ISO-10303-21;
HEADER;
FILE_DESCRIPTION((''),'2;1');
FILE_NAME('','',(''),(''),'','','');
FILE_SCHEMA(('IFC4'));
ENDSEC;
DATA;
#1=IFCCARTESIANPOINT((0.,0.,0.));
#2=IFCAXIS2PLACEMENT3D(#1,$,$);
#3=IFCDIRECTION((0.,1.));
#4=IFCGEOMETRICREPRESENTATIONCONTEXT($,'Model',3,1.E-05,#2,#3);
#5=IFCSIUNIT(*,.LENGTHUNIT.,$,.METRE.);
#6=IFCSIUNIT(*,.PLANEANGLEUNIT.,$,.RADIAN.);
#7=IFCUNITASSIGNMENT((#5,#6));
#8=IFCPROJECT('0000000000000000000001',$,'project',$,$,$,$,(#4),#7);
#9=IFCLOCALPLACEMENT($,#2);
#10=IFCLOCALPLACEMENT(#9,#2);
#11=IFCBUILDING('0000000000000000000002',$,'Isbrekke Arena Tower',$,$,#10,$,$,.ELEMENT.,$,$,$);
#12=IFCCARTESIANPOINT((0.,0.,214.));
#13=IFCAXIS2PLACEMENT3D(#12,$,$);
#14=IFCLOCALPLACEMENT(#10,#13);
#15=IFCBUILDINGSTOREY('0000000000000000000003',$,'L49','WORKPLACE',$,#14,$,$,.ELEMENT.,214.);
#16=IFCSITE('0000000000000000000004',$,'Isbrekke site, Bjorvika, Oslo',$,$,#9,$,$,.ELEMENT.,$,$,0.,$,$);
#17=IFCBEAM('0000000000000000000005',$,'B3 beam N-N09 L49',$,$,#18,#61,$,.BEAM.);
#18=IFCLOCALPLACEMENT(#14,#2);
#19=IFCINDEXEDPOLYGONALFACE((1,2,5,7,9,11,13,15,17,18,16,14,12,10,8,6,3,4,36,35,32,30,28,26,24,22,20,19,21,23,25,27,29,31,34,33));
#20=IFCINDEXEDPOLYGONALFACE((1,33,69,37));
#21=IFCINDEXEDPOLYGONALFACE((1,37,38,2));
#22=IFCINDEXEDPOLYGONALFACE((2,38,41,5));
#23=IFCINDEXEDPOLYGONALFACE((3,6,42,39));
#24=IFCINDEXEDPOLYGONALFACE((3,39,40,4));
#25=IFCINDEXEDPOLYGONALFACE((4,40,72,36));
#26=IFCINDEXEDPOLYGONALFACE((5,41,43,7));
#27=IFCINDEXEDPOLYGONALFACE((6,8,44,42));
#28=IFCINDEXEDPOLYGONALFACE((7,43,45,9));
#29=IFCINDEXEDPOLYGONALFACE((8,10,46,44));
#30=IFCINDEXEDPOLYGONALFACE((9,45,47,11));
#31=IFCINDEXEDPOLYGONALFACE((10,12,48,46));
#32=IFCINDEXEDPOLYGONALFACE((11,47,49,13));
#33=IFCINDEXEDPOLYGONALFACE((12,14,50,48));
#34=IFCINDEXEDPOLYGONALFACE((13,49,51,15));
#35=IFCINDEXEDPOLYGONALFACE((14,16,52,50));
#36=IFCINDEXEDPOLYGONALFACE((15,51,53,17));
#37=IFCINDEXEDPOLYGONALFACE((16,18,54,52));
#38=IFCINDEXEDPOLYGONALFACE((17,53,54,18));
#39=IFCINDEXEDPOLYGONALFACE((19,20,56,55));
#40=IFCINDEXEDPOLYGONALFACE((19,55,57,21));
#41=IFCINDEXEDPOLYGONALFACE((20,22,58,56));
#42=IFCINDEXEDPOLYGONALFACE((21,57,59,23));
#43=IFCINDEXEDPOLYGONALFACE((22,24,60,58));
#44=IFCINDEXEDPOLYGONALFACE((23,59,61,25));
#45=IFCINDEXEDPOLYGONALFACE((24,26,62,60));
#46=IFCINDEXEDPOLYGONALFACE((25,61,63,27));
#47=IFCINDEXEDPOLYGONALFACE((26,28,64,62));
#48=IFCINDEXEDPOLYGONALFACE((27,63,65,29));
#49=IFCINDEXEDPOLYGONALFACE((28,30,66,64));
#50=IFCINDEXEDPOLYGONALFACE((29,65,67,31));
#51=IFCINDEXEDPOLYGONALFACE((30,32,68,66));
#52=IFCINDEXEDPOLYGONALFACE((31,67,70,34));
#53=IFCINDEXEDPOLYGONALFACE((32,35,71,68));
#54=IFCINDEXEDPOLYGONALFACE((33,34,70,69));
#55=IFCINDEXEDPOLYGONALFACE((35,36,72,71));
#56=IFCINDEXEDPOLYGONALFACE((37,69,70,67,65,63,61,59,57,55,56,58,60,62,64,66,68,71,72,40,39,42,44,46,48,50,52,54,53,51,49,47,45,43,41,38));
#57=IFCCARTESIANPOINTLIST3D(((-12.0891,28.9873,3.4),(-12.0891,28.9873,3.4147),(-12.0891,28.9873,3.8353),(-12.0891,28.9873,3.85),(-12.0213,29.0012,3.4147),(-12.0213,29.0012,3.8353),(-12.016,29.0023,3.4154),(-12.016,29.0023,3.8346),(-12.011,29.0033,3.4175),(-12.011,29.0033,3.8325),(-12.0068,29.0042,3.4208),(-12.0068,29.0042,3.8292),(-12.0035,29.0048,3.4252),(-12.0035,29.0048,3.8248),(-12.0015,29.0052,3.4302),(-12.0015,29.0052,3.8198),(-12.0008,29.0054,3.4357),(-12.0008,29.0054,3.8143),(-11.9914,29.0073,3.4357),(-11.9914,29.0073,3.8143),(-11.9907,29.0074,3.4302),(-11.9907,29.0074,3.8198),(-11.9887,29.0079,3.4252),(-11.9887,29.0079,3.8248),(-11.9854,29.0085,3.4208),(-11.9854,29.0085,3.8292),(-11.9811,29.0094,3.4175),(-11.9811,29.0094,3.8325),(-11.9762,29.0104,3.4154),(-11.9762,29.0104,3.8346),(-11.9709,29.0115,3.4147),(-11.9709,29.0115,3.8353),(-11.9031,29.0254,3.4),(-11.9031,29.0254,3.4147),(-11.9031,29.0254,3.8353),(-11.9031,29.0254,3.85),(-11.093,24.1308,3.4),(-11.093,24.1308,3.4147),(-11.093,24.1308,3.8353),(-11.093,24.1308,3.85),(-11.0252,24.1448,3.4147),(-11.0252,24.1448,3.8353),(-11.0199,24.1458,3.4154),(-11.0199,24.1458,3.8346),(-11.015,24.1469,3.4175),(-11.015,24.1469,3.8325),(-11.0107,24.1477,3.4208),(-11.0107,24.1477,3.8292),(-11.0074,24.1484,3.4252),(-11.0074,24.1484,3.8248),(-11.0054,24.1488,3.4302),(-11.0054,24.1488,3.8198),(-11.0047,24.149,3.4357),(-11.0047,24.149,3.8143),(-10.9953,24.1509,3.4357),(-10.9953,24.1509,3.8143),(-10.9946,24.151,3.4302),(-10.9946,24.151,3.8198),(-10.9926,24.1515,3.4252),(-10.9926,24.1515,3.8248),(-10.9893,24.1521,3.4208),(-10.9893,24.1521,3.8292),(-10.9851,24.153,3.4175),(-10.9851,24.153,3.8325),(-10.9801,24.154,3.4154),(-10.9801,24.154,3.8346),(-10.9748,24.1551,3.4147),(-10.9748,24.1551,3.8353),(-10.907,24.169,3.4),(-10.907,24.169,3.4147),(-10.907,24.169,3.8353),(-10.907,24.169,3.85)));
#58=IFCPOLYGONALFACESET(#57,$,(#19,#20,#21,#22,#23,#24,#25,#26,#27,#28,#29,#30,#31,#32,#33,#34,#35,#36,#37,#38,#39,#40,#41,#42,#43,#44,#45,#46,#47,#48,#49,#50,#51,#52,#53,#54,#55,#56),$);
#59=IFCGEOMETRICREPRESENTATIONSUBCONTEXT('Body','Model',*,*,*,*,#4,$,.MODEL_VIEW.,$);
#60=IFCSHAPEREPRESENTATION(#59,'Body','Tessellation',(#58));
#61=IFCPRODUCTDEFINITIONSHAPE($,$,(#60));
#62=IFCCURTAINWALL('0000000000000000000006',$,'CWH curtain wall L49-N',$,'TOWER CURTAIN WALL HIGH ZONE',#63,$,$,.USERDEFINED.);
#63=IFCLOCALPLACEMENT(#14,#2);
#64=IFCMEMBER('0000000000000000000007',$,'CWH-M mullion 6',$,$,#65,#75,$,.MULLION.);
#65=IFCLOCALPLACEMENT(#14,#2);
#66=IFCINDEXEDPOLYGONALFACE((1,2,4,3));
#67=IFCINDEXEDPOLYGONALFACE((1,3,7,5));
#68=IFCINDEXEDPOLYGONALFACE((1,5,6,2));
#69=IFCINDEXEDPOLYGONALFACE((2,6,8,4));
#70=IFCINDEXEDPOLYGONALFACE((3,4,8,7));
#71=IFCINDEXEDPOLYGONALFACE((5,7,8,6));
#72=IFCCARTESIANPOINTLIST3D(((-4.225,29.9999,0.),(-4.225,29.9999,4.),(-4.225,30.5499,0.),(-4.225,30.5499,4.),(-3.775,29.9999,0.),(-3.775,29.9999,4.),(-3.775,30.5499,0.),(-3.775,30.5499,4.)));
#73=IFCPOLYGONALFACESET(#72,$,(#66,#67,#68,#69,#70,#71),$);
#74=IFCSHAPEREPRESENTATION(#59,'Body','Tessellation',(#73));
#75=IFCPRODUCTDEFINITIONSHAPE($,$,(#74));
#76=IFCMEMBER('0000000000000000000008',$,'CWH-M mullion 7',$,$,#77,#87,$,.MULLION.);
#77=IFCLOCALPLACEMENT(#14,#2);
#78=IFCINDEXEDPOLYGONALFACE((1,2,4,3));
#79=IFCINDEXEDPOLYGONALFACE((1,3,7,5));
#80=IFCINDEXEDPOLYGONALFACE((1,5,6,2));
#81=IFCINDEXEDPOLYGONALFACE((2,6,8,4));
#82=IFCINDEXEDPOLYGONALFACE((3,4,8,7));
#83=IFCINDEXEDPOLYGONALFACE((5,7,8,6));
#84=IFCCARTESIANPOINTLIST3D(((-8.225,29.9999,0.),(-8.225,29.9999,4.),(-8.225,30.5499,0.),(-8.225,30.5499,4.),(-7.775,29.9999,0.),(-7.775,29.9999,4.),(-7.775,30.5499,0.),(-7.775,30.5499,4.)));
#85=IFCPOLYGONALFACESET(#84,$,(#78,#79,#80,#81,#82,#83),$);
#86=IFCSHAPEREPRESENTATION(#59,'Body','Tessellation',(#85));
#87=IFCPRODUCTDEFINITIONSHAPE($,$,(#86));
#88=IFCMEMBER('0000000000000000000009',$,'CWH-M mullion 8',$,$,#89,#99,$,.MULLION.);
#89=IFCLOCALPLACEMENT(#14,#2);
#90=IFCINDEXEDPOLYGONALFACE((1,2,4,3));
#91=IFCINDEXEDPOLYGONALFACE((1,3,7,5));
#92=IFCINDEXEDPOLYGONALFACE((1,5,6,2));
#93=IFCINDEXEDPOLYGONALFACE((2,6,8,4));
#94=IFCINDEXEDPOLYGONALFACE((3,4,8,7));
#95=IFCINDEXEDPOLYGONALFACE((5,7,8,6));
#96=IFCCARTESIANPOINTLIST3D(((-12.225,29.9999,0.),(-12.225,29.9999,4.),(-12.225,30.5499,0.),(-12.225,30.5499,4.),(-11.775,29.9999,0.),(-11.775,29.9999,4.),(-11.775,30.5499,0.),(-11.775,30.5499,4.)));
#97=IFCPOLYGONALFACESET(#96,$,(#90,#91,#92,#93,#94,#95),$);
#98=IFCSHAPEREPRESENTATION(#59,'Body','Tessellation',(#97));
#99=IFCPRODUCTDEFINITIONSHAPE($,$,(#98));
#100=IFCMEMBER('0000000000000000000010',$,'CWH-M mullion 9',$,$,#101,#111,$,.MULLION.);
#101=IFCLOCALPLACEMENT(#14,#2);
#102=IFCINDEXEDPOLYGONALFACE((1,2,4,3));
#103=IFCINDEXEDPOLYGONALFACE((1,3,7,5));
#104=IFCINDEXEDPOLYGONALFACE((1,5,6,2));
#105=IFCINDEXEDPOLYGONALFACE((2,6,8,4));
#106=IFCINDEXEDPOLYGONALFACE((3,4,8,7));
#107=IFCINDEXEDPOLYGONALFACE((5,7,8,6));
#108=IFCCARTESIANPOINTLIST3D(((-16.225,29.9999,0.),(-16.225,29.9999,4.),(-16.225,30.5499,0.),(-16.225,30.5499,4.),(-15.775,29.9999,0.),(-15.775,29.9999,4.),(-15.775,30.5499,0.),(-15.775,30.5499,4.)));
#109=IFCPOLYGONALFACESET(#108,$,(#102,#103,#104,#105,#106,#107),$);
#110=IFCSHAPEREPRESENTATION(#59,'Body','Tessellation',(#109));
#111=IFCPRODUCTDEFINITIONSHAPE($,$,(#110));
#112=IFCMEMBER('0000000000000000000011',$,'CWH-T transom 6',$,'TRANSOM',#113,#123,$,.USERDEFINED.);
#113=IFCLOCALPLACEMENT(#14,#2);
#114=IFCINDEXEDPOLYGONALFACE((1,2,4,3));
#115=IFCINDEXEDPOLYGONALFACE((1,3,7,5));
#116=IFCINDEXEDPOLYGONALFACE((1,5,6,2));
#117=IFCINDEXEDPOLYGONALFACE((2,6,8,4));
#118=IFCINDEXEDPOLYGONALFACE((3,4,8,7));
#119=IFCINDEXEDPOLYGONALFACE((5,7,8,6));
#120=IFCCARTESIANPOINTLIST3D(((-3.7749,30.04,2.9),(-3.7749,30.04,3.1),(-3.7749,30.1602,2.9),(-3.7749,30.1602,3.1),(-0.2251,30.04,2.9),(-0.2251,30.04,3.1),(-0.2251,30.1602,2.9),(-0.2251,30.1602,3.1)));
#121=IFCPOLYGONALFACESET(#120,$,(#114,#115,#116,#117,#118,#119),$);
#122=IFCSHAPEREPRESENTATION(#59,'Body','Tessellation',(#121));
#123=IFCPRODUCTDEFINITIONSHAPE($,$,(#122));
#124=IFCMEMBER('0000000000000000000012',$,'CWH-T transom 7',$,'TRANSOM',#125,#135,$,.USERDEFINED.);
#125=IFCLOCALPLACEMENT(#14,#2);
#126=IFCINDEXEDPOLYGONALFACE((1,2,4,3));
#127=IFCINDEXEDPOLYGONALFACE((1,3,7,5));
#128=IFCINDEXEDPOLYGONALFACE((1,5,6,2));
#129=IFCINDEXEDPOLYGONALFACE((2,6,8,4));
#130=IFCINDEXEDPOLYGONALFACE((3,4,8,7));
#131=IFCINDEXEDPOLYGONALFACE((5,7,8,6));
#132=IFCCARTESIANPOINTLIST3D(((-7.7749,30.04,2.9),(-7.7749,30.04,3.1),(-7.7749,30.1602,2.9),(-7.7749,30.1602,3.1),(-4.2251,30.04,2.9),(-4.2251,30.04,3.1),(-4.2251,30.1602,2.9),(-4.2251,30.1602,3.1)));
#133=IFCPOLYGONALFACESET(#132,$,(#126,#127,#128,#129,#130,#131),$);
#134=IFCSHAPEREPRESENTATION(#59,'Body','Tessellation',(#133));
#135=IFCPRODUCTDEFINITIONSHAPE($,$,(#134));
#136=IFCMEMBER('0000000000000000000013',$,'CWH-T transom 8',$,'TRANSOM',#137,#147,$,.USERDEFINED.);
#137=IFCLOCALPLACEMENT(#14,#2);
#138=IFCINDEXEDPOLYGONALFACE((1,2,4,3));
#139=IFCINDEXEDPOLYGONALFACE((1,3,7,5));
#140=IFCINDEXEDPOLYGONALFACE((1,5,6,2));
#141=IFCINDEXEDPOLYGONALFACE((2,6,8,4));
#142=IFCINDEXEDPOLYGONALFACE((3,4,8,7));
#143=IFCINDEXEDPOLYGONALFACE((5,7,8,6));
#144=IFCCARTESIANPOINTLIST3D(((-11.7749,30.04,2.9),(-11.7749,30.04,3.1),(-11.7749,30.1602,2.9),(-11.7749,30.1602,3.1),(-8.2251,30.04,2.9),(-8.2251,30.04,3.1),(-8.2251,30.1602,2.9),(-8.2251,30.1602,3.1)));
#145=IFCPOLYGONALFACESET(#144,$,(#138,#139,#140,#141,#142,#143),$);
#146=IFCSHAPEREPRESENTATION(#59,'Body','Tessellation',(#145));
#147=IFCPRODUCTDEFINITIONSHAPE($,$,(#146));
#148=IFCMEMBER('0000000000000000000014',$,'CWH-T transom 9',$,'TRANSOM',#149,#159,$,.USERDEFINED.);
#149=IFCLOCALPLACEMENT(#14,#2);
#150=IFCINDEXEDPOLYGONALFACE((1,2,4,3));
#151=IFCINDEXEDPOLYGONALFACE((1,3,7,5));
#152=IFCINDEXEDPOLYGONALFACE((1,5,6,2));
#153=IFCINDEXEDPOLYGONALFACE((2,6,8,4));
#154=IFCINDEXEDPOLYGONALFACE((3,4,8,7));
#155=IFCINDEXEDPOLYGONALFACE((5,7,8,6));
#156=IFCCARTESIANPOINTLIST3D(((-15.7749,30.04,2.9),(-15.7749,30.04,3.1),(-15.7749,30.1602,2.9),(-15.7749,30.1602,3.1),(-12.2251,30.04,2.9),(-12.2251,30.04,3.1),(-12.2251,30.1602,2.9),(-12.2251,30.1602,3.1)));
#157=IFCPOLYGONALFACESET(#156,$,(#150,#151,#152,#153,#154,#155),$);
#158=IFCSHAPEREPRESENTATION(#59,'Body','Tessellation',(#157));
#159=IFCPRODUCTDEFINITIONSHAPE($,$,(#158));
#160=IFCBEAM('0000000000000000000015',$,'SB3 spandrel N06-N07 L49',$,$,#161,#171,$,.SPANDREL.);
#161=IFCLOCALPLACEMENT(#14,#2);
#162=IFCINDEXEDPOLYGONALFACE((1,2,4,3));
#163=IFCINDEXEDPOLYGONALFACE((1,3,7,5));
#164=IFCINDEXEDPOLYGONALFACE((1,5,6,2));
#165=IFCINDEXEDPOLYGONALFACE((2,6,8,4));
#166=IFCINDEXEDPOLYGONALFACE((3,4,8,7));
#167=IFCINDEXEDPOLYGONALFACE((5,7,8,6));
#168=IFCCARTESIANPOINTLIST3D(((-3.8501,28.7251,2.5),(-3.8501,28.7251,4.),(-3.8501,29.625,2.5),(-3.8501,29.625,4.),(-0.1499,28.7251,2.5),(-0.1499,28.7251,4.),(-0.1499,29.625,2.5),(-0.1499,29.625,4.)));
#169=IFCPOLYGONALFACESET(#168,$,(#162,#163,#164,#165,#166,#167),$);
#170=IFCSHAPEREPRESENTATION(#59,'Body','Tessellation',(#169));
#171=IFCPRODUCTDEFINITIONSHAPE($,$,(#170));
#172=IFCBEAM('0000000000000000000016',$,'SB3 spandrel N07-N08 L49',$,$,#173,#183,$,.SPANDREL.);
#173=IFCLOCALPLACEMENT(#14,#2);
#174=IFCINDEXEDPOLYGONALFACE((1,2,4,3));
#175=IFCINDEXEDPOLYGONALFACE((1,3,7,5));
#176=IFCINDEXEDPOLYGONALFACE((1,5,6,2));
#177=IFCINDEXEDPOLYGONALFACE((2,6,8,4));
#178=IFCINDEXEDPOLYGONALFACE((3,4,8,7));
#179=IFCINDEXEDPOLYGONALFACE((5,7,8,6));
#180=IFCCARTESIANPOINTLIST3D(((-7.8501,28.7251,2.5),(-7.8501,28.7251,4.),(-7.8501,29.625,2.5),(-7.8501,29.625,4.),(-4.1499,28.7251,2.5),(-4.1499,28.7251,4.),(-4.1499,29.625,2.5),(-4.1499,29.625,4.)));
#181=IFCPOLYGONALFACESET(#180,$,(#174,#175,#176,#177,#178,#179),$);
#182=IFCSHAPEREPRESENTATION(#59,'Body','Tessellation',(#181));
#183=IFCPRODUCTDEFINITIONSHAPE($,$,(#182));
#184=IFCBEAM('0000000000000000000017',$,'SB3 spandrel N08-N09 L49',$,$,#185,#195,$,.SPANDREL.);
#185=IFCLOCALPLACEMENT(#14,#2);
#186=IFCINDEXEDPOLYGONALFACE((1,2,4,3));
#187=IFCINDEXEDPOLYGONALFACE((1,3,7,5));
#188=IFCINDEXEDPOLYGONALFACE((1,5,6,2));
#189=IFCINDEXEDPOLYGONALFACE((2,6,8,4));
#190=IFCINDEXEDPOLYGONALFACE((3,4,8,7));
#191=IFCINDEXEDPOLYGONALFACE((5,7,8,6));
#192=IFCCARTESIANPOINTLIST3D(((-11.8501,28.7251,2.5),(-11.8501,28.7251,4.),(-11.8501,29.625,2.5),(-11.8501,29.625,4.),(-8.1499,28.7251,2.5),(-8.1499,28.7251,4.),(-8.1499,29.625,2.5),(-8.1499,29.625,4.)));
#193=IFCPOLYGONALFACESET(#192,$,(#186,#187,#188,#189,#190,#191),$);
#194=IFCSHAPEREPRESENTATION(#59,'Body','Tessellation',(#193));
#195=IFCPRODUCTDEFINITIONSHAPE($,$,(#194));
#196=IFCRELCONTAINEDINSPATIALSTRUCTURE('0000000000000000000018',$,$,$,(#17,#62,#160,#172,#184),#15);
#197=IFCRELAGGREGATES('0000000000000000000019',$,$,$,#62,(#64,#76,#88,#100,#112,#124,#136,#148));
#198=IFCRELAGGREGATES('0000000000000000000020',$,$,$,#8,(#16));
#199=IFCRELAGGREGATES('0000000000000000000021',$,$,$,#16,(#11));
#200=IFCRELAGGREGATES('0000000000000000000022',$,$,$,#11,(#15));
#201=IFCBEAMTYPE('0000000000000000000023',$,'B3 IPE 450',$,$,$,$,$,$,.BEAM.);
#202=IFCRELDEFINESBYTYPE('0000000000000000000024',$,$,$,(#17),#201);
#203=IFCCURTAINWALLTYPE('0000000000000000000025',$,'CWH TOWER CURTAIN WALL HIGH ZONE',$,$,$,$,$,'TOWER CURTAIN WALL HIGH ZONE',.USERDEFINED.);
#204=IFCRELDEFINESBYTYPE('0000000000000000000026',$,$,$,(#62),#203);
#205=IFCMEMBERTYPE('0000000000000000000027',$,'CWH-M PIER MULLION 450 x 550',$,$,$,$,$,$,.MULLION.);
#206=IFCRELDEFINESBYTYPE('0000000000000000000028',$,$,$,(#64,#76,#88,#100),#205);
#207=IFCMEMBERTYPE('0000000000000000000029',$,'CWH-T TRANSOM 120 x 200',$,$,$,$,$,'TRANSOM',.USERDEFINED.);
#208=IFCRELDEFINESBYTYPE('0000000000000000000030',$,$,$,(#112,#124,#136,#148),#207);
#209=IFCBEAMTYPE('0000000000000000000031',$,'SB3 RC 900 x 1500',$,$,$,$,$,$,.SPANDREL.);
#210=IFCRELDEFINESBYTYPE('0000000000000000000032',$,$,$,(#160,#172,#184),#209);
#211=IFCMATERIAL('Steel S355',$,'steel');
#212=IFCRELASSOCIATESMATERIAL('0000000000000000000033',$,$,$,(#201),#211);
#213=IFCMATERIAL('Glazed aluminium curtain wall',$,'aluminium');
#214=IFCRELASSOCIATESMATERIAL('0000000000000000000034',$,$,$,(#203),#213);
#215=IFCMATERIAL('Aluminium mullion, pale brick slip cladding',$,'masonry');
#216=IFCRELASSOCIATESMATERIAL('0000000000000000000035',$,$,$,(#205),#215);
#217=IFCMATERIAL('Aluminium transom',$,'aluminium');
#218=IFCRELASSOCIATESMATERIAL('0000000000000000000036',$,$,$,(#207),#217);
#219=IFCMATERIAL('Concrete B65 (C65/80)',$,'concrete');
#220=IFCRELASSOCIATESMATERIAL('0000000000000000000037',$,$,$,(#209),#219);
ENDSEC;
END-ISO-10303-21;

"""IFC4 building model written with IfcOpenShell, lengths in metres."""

from ifc_helpers import new_model, si_unit, direction, frame, origin, origin_2d, place, context, subcontext, project, spatial, rectangle, i_section, extrude, material, material_profile, profile_set, type_object, element, aggregate, save


model = new_model("IFC4")

# Units and contexts
model_context = context("Model", 3, precision=1e-05, world=origin(), true_north=direction((0.0, 1.0)))
body_context = subcontext(model_context, "Body", "Model", "MODEL_VIEW")
ifc_project = project(units=[si_unit("LENGTHUNIT", "METRE"), si_unit("PLANEANGLEUNIT", "RADIAN")], contexts=[model_context])

# Site, building, storey
site_placement = place(None, origin())
site = spatial("IfcSite", under=ifc_project, at=site_placement, Name="Isbrekke site, Bjorvika, Oslo", CompositionType="ELEMENT", RefElevation=0.0)
building_placement = place(site_placement, origin())
building = spatial("IfcBuilding", under=site, at=building_placement, Name="Isbrekke Arena Tower", CompositionType="ELEMENT")
storey_placement = place(building_placement, frame((0.0, 0.0, 214.0)))
storey = spatial("IfcBuildingStorey", under=building, at=storey_placement, Name="L49", Description="WORKPLACE", CompositionType="ELEMENT", Elevation=214.0)

# Beam
ifc_material_1 = material(Name="Steel S355", Category="steel")
ifc_material_profile_1 = material_profile(ifc_material_1, i_section(OverallWidth=0.1899, OverallDepth=0.45, WebThickness=0.0095, FlangeThickness=0.0146, FilletRadius=0.021, at=origin_2d()), Name="IPE 450")
ifc_profile_set_1 = profile_set([ifc_material_profile_1], Name="Steel S355")
beam_type_1 = type_object("IfcBeamType", Name="B3 IPE 450", PredefinedType="BEAM", material=ifc_profile_set_1)
beam_1_placement = place(storey_placement, frame((-11.9961, 29.0063, 3.625), z_axis=(0.200925, -0.979607, 0.0), x_axis=(0.979607, 0.200925, 0.0)))
element("IfcBeam", 1, at=beam_1_placement, inside=storey, type_object=beam_type_1, Name="B3 beam N-N09 L49", PredefinedType="BEAM", context=body_context, shape_type="SweptSolid", body=[
    extrude(i_section(OverallWidth=0.1899, OverallDepth=0.45, WebThickness=0.0095, FlangeThickness=0.0146, FilletRadius=0.021, at=origin_2d()), origin(), (0.0, 0.0, 1.0), 4.9575),
])

# Curtain wall, members
ifc_material_2 = material(Name="Glazed aluminium curtain wall", Category="aluminium")
curtain_wall_type = type_object("IfcCurtainWallType", Name="CWH TOWER CURTAIN WALL HIGH ZONE", ElementType="TOWER CURTAIN WALL HIGH ZONE", PredefinedType="USERDEFINED", material=ifc_material_2)
curtain_wall_placement = place(storey_placement, origin())
curtain_wall = element("IfcCurtainWall", 2, at=curtain_wall_placement, inside=storey, type_object=curtain_wall_type, Name="CWH curtain wall L49-N", ObjectType="TOWER CURTAIN WALL HIGH ZONE", PredefinedType="USERDEFINED")
ifc_material_3 = material(Name="Aluminium mullion, pale brick slip cladding", Category="masonry")
ifc_material_profile_2 = material_profile(ifc_material_3, rectangle(XDim=0.45, YDim=0.55, at=origin_2d()), Name="PIER 450X550")
ifc_profile_set_2 = profile_set([ifc_material_profile_2], Name="Aluminium mullion, pale brick slip cladding")
member_type_1 = type_object("IfcMemberType", Name="CWH-M PIER MULLION 450 x 550", PredefinedType="MULLION", material=ifc_profile_set_2)
member_1_placement = place(storey_placement, frame((-4.0, 30.2749, 0.0), z_axis=(0.0, 0.0, 1.0), x_axis=(-1.0, 0.0, 0.0)))
member_1 = element("IfcMember", 3, at=member_1_placement, type_object=member_type_1, Name="CWH-M mullion 6", PredefinedType="MULLION", context=body_context, shape_type="SweptSolid", body=[
    extrude(rectangle(XDim=0.45, YDim=0.55, at=origin_2d()), origin(), (0.0, 0.0, 1.0), 4.0),
])
member_2_placement = place(storey_placement, frame((-8.0, 30.2749, 0.0), z_axis=(0.0, 0.0, 1.0), x_axis=(-1.0, 0.0, 0.0)))
member_2 = element("IfcMember", 4, at=member_2_placement, type_object=member_type_1, Name="CWH-M mullion 7", PredefinedType="MULLION", context=body_context, shape_type="SweptSolid", body=[
    extrude(rectangle(XDim=0.45, YDim=0.55, at=origin_2d()), origin(), (0.0, 0.0, 1.0), 4.0),
])
member_3_placement = place(storey_placement, frame((-12.0, 30.2749, 0.0), z_axis=(0.0, 0.0, 1.0), x_axis=(-1.0, 0.0, 0.0)))
member_3 = element("IfcMember", 5, at=member_3_placement, type_object=member_type_1, Name="CWH-M mullion 8", PredefinedType="MULLION", context=body_context, shape_type="SweptSolid", body=[
    extrude(rectangle(XDim=0.45, YDim=0.55, at=origin_2d()), origin(), (0.0, 0.0, 1.0), 4.0),
])
member_4_placement = place(storey_placement, frame((-16.0, 30.2749, 0.0), z_axis=(0.0, 0.0, 1.0), x_axis=(-1.0, 0.0, 0.0)))
member_4 = element("IfcMember", 6, at=member_4_placement, type_object=member_type_1, Name="CWH-M mullion 9", PredefinedType="MULLION", context=body_context, shape_type="SweptSolid", body=[
    extrude(rectangle(XDim=0.45, YDim=0.55, at=origin_2d()), origin(), (0.0, 0.0, 1.0), 4.0),
])
ifc_material_4 = material(Name="Aluminium transom", Category="aluminium")
ifc_material_profile_3 = material_profile(ifc_material_4, rectangle(XDim=0.1201, YDim=0.2, at=origin_2d()), Name="TRANSOM 120X200")
ifc_profile_set_3 = profile_set([ifc_material_profile_3], Name="Aluminium transom")
member_type_2 = type_object("IfcMemberType", Name="CWH-T TRANSOM 120 x 200", ElementType="TRANSOM", PredefinedType="USERDEFINED", material=ifc_profile_set_3)
member_5_placement = place(storey_placement, frame((-0.2251, 30.1001, 3.0), z_axis=(-1.0, 0.0, 0.0), x_axis=(0.0, -1.0, 0.0)))
member_5 = element("IfcMember", 7, at=member_5_placement, type_object=member_type_2, Name="CWH-T transom 6", ObjectType="TRANSOM", PredefinedType="USERDEFINED", context=body_context, shape_type="SweptSolid", body=[
    extrude(rectangle(XDim=0.1201, YDim=0.2, at=origin_2d()), origin(), (0.0, 0.0, 1.0), 3.5498),
])
member_6_placement = place(storey_placement, frame((-4.2251, 30.1001, 3.0), z_axis=(-1.0, 0.0, 0.0), x_axis=(0.0, -1.0, 0.0)))
member_6 = element("IfcMember", 8, at=member_6_placement, type_object=member_type_2, Name="CWH-T transom 7", ObjectType="TRANSOM", PredefinedType="USERDEFINED", context=body_context, shape_type="SweptSolid", body=[
    extrude(rectangle(XDim=0.1201, YDim=0.2, at=origin_2d()), origin(), (0.0, 0.0, 1.0), 3.5498),
])
member_7_placement = place(storey_placement, frame((-8.2251, 30.1001, 3.0), z_axis=(-1.0, 0.0, 0.0), x_axis=(0.0, -1.0, 0.0)))
member_7 = element("IfcMember", 9, at=member_7_placement, type_object=member_type_2, Name="CWH-T transom 8", ObjectType="TRANSOM", PredefinedType="USERDEFINED", context=body_context, shape_type="SweptSolid", body=[
    extrude(rectangle(XDim=0.1201, YDim=0.2, at=origin_2d()), origin(), (0.0, 0.0, 1.0), 3.5498),
])
member_8_placement = place(storey_placement, frame((-12.2251, 30.1001, 3.0), z_axis=(-1.0, 0.0, 0.0), x_axis=(0.0, -1.0, 0.0)))
member_8 = element("IfcMember", 10, at=member_8_placement, type_object=member_type_2, Name="CWH-T transom 9", ObjectType="TRANSOM", PredefinedType="USERDEFINED", context=body_context, shape_type="SweptSolid", body=[
    extrude(rectangle(XDim=0.1201, YDim=0.2, at=origin_2d()), origin(), (0.0, 0.0, 1.0), 3.5498),
])

# Beams
ifc_material_5 = material(Name="Concrete B65 (C65/80)", Category="concrete")
ifc_material_profile_4 = material_profile(ifc_material_5, rectangle(XDim=0.8999, YDim=1.5, at=origin_2d()), Name="RC 900x1500")
ifc_profile_set_4 = profile_set([ifc_material_profile_4], Name="Concrete B65 (C65/80)")
beam_type_2 = type_object("IfcBeamType", Name="SB3 RC 900 x 1500", PredefinedType="SPANDREL", material=ifc_profile_set_4)
for number, where, z_axis, x_axis, name in (
    (11, (-0.1499, 29.175, 3.25), (-1.0, 0.0, 0.0), (0.0, -1.0, 0.0), "SB3 spandrel N06-N07 L49"),
    (12, (-4.1499, 29.175, 3.25), (-1.0, 0.0, 0.0), (0.0, -1.0, 0.0), "SB3 spandrel N07-N08 L49"),
    (13, (-8.1499, 29.175, 3.25), (-1.0, 0.0, 0.0), (0.0, -1.0, 0.0), "SB3 spandrel N08-N09 L49"),
):
    element("IfcBeam", number, at=place(storey_placement, frame(where, z_axis=z_axis, x_axis=x_axis)), inside=storey, type_object=beam_type_2, Name=name, PredefinedType="SPANDREL", context=body_context, shape_type="SweptSolid", body=[
        extrude(rectangle(XDim=0.8999, YDim=1.5, at=origin_2d()), origin(), (0.0, 0.0, 1.0), 3.7002),
    ])

aggregate(curtain_wall, [member_1, member_2, member_3, member_4, member_5, member_6, member_7, member_8])

save(model, "model.ifc")
